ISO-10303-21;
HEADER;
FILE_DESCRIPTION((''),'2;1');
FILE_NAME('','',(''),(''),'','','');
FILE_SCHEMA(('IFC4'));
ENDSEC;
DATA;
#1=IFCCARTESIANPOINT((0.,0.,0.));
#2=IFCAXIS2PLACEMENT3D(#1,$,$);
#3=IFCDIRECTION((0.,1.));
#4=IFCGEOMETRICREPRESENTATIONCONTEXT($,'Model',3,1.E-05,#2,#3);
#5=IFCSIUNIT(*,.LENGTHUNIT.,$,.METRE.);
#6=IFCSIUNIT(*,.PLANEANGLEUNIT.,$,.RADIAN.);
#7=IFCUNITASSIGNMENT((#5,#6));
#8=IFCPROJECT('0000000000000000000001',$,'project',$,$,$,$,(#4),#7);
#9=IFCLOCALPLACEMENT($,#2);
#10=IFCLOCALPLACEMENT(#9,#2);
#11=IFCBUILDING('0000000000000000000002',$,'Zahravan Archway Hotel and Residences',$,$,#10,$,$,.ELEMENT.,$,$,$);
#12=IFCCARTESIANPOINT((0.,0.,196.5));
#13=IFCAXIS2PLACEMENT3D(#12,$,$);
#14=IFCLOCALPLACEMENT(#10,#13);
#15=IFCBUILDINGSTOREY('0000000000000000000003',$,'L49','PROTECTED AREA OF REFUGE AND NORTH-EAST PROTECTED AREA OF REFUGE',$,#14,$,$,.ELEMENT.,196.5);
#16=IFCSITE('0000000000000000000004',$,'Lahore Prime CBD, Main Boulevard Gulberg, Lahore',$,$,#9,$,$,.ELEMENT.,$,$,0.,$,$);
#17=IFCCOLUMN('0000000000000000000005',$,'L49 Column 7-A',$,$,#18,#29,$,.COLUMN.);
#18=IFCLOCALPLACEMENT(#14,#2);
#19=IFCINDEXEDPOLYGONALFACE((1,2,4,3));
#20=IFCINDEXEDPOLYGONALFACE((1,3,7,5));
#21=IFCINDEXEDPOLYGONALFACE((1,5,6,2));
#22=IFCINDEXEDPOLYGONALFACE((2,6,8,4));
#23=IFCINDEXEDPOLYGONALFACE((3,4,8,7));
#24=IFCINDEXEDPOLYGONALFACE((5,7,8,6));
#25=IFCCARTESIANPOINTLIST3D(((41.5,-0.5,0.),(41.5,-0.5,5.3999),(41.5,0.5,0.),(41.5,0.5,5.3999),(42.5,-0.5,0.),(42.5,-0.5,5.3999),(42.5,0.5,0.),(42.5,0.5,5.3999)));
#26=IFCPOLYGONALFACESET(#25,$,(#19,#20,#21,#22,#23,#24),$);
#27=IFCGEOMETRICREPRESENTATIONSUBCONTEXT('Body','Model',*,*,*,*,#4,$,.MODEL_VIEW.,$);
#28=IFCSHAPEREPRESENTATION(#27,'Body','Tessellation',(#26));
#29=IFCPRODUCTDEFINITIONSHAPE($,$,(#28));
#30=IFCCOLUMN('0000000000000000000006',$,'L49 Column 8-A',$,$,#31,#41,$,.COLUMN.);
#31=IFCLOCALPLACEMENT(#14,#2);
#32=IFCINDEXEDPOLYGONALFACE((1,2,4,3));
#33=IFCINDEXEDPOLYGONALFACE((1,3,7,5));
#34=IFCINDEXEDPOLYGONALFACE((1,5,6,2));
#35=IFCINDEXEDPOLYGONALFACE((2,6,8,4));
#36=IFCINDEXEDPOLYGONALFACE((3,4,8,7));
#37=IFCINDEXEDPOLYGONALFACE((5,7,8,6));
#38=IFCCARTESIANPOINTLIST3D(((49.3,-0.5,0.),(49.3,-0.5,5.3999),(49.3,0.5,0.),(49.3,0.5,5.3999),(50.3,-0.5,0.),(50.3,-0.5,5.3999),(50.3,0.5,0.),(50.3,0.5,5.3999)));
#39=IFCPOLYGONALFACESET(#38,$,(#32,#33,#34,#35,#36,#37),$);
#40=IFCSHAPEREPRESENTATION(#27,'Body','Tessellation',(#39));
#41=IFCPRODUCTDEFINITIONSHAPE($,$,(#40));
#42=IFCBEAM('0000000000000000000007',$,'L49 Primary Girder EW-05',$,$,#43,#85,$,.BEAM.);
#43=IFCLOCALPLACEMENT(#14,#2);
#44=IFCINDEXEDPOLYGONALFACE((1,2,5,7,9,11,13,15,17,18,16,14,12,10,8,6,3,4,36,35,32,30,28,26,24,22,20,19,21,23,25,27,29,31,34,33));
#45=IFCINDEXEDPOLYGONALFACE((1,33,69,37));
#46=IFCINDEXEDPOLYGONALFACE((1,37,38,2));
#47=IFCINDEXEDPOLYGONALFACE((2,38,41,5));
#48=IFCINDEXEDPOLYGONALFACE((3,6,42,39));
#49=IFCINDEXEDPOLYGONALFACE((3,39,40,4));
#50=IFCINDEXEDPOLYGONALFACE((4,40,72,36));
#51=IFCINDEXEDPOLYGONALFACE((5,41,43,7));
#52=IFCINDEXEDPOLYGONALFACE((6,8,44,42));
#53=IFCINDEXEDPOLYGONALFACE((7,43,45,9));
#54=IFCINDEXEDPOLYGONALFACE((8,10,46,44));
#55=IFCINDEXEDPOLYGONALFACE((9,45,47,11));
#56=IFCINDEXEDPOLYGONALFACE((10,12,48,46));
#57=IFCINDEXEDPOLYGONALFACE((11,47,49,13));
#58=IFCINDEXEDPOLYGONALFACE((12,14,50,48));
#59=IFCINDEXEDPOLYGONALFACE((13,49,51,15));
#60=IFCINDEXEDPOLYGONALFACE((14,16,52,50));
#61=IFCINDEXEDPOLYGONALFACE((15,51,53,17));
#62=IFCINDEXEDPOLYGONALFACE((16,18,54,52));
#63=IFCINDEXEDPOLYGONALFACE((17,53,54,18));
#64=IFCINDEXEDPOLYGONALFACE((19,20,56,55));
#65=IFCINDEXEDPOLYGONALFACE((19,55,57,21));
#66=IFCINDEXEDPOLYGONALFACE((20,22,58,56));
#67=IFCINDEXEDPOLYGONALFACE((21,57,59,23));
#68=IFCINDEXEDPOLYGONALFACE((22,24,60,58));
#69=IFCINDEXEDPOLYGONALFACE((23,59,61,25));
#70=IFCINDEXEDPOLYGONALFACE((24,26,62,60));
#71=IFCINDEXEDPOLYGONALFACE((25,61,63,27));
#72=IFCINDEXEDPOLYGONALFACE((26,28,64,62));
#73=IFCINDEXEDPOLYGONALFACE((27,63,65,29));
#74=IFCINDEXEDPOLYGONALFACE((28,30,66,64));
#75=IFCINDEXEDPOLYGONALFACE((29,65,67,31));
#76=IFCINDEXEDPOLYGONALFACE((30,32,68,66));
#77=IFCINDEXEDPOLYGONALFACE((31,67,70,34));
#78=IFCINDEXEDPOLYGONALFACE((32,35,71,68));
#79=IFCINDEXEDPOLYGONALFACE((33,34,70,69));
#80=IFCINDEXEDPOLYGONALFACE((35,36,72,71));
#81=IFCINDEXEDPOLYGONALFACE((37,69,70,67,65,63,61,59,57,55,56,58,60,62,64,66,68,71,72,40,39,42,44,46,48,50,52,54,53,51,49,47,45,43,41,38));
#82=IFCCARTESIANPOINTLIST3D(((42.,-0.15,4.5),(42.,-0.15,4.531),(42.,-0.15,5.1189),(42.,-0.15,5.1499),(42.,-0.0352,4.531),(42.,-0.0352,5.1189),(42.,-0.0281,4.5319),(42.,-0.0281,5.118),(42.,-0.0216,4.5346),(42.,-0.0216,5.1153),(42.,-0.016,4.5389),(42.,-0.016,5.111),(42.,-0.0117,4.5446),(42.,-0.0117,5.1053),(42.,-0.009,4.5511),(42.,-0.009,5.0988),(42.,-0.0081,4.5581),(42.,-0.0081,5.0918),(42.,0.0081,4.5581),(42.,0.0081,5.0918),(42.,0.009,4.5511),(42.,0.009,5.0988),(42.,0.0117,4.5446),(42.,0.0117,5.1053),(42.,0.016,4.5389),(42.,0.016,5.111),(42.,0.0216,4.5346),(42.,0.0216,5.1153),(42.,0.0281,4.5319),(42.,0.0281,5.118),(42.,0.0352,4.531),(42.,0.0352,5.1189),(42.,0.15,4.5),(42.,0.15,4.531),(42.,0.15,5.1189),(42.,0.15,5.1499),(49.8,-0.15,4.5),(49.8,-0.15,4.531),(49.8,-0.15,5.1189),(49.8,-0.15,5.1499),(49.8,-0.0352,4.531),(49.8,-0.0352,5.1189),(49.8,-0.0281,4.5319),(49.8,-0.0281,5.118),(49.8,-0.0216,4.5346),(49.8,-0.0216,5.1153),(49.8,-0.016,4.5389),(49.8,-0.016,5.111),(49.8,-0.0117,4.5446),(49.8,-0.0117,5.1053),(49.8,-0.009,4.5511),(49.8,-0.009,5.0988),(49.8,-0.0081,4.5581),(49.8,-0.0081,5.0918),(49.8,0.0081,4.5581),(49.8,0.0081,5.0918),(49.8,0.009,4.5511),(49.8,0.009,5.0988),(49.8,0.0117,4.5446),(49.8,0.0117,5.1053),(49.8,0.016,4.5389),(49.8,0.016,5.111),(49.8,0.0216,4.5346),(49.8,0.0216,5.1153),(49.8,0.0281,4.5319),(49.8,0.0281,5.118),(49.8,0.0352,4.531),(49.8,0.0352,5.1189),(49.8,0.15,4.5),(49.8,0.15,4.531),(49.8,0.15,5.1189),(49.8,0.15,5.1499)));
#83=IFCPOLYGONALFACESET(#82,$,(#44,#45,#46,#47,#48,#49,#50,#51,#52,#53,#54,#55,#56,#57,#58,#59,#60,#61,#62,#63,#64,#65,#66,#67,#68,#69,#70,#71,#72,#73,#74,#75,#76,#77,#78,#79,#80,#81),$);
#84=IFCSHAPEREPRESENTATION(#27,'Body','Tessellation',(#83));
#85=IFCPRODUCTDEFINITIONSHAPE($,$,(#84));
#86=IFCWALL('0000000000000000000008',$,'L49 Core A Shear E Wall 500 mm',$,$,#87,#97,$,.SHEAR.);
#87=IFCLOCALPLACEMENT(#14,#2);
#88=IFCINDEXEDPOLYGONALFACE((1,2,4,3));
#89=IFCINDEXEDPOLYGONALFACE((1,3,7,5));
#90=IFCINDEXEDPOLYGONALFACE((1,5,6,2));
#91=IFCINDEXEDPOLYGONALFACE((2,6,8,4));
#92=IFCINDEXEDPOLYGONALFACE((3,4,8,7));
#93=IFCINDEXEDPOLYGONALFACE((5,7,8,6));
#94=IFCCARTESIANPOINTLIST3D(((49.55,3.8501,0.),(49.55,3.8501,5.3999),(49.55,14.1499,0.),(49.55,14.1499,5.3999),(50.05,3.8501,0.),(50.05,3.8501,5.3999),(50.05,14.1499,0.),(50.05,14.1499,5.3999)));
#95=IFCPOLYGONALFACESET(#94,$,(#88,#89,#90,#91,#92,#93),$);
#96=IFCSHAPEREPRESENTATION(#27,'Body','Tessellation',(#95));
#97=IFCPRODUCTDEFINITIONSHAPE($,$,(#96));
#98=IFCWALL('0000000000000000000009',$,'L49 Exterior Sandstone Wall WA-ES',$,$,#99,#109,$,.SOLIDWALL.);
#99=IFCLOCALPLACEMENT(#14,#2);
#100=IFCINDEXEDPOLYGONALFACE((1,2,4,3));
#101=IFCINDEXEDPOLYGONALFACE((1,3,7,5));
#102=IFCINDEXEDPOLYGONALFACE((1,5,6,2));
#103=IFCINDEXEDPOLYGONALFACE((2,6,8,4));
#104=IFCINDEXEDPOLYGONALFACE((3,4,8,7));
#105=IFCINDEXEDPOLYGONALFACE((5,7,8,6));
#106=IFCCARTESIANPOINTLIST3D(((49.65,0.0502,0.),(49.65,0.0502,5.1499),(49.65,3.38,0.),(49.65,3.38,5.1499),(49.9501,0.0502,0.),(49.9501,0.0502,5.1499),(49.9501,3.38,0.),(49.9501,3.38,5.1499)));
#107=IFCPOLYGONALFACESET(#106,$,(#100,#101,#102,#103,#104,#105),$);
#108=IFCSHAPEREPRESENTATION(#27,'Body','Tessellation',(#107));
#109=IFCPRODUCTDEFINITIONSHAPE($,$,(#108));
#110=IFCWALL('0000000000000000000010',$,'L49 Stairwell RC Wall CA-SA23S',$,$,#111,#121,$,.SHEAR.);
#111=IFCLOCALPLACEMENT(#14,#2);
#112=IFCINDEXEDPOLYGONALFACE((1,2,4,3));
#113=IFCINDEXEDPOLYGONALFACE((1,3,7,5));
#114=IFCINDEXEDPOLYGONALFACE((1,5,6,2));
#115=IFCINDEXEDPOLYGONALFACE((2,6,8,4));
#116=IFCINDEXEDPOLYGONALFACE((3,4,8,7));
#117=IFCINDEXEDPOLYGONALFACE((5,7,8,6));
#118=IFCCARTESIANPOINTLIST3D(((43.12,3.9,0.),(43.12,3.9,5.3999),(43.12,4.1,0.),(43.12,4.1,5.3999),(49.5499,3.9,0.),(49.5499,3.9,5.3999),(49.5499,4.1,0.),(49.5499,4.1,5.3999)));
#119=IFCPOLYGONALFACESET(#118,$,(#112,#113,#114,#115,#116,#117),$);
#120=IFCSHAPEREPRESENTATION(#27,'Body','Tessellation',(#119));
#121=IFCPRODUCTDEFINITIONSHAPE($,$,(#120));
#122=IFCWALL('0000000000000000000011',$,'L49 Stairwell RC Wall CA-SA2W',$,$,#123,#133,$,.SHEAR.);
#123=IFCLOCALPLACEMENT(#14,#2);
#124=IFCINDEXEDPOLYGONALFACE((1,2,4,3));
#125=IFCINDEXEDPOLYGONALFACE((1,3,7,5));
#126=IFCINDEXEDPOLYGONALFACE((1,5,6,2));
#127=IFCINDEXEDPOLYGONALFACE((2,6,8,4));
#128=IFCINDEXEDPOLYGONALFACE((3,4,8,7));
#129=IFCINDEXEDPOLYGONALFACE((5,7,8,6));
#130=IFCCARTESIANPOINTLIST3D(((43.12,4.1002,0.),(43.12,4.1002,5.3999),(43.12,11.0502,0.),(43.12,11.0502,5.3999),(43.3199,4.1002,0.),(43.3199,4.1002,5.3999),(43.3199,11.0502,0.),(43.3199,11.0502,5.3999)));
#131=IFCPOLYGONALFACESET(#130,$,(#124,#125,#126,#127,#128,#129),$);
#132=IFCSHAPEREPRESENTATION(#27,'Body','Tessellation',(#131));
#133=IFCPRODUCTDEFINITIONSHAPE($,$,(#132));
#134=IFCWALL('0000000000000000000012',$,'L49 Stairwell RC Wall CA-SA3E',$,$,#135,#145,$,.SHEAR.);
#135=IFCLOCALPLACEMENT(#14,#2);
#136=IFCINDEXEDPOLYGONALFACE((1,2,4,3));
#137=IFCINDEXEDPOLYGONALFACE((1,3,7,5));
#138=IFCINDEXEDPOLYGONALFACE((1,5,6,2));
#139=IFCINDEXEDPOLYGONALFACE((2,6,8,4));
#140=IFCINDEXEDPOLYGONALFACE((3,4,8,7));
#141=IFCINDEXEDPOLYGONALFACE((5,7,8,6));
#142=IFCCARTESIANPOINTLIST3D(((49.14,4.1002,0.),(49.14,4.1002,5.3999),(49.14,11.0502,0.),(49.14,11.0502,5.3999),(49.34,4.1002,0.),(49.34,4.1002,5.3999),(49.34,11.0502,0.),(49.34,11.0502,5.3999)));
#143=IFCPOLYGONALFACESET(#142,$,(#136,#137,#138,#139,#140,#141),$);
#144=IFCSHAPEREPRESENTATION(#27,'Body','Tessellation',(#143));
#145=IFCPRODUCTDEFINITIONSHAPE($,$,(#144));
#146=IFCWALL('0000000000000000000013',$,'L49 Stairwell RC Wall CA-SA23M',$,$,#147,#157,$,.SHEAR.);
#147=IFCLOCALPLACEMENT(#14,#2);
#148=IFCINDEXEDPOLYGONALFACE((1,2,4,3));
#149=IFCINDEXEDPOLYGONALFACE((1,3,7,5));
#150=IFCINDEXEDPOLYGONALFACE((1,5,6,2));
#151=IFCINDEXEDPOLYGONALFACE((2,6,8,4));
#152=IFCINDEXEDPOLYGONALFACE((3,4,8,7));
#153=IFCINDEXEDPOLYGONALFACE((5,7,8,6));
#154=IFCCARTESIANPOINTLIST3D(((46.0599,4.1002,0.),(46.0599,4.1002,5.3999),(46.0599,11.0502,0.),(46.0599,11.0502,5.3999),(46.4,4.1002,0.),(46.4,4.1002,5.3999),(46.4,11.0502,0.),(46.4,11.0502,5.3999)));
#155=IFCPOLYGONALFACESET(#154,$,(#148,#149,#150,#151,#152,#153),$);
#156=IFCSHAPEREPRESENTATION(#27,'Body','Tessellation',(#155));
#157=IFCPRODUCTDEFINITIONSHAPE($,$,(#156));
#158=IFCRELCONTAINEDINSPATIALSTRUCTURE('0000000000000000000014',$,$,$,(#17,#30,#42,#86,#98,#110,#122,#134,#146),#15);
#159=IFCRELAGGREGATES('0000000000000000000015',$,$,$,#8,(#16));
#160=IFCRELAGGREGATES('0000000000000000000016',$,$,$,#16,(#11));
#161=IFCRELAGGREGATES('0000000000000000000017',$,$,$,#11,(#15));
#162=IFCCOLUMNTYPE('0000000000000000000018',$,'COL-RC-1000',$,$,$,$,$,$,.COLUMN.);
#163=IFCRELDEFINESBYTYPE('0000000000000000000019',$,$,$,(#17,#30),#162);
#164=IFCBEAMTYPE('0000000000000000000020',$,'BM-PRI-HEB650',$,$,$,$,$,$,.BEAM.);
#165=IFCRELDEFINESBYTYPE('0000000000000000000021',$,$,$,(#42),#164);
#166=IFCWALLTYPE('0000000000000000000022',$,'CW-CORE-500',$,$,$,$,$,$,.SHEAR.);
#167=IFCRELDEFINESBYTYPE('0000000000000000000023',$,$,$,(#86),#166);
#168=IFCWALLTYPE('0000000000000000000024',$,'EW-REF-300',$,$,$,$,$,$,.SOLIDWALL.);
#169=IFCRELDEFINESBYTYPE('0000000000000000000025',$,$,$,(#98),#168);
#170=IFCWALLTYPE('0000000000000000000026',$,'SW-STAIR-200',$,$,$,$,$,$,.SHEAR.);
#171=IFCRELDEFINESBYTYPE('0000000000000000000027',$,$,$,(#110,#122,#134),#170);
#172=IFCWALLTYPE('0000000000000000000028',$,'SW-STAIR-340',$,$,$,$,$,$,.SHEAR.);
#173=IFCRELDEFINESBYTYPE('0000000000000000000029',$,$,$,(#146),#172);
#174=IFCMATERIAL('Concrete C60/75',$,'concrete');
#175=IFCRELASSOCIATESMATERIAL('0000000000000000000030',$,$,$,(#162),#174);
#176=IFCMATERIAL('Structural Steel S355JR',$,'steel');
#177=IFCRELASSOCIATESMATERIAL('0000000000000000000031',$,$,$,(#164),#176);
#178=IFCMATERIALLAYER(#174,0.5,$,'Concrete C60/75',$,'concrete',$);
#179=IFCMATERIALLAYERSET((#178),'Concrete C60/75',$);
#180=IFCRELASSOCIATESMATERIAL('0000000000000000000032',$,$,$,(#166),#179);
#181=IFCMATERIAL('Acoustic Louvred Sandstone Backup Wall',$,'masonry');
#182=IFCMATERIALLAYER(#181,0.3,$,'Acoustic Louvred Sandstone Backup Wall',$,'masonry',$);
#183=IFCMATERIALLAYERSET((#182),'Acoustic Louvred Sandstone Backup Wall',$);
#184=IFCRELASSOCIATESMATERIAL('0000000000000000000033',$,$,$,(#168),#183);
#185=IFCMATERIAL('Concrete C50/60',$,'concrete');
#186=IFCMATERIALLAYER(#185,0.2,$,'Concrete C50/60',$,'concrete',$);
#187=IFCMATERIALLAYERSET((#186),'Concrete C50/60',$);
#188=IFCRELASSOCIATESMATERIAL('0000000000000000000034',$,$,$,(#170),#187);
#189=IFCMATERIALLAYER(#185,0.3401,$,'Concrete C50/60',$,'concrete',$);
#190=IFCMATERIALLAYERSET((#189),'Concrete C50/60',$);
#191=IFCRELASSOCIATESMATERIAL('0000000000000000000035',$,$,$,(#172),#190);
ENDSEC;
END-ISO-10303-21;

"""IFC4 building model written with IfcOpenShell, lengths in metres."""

from ifc_helpers import new_model, si_unit, direction, frame, frame_2d, origin, origin_2d, place, context, subcontext, project, spatial, rectangle, i_section, extrude, source, transform, mapped, material, layer, layer_set, material_profile, profile_set, type_object, element, save


model = new_model("IFC4")

# Units and contexts
model_context = context("Model", 3, precision=1e-05, world=origin(), true_north=direction((0.0, 1.0)))
body_context = subcontext(model_context, "Body", "Model", "MODEL_VIEW")
ifc_project = project(units=[si_unit("LENGTHUNIT", "METRE"), si_unit("PLANEANGLEUNIT", "RADIAN")], contexts=[model_context])

# Site, building, storey
site_placement = place(None, origin())
site = spatial("IfcSite", under=ifc_project, at=site_placement, Name="Lahore Prime CBD, Main Boulevard Gulberg, Lahore", CompositionType="ELEMENT", RefElevation=0.0)
building_placement = place(site_placement, origin())
building = spatial("IfcBuilding", under=site, at=building_placement, Name="Zahravan Archway Hotel and Residences", CompositionType="ELEMENT")
storey_placement = place(building_placement, frame((0.0, 0.0, 196.5)))
storey = spatial("IfcBuildingStorey", under=building, at=storey_placement, Name="L49", Description="PROTECTED AREA OF REFUGE AND NORTH-EAST PROTECTED AREA OF REFUGE", CompositionType="ELEMENT", Elevation=196.5)

# Columns
ifc_material_1 = material(Name="Concrete C60/75", Category="concrete")
ifc_material_profile_1 = material_profile(ifc_material_1, rectangle(XDim=1.0, YDim=1.0, at=origin_2d()), Name="RC-COL-1000x1000", Category="concrete")
ifc_profile_set_1 = profile_set([ifc_material_profile_1], Name="Concrete C60/75")
column_type = type_object("IfcColumnType", Name="COL-RC-1000", PredefinedType="COLUMN", material=ifc_profile_set_1)
shared_shape_1 = source(origin(), body_context, "Body", "SweptSolid", [
    extrude(rectangle(XDim=1.0, YDim=1.0, at=origin_2d()), origin(), (0.0, 0.0, 1.0), 5.3999),
])
for number, where, z_axis, x_axis, name in (
    (1, (42.0, 0.0, 0.0), (0.0, 0.0, 1.0), (1.0, 0.0, 0.0), "L49 Column 7-A"),
    (2, (49.8, 0.0, 0.0), (0.0, 0.0, 1.0), (1.0, 0.0, 0.0), "L49 Column 8-A"),
):
    element("IfcColumn", number, at=place(storey_placement, frame(where, z_axis=z_axis, x_axis=x_axis)), inside=storey, type_object=column_type, Name=name, PredefinedType="COLUMN", context=body_context, shape_type="MappedRepresentation", body=[
        mapped(shared_shape_1, transform((0.0, 0.0, 0.0), scale=1.0)),
    ])

# Beam
ifc_material_2 = material(Name="Structural Steel S355JR", Category="steel")
ifc_material_profile_2 = material_profile(ifc_material_2, i_section(OverallWidth=0.3, OverallDepth=0.6499, WebThickness=0.0161, FlangeThickness=0.031, FilletRadius=0.0271, at=origin_2d()), Name="HEB 650", Category="steel")
ifc_profile_set_2 = profile_set([ifc_material_profile_2], Name="Structural Steel S355JR")
beam_type = type_object("IfcBeamType", Name="BM-PRI-HEB650", PredefinedType="BEAM", material=ifc_profile_set_2)
shared_shape_2 = source(origin(), body_context, "Body", "SweptSolid", [
    extrude(i_section(OverallWidth=0.3, OverallDepth=0.6499, WebThickness=0.0161, FlangeThickness=0.031, FilletRadius=0.0271, at=origin_2d()), origin(), (0.0, 0.0, 1.0), 7.8),
])
beam_placement = place(storey_placement, frame((42.0, 0.0, 4.825), z_axis=(1.0, 0.0, 0.0), x_axis=(0.0, 1.0, 0.0)))
element("IfcBeam", 3, at=beam_placement, inside=storey, type_object=beam_type, Name="L49 Primary Girder EW-05", PredefinedType="BEAM", context=body_context, shape_type="MappedRepresentation", body=[
    mapped(shared_shape_2, transform((0.0, 0.0, 0.0), scale=1.0)),
])

# Walls
ifc_layer_1 = layer(ifc_material_1, 0.5, Name="Concrete C60/75", Category="concrete")
ifc_layer_set_1 = layer_set([ifc_layer_1], Name="Concrete C60/75")
wall_type_1 = type_object("IfcWallType", Name="CW-CORE-500", PredefinedType="SHEAR", material=ifc_layer_set_1)
wall_1_placement = place(storey_placement, frame((49.8, 3.8501, 0.0), z_axis=(0.0, 0.0, 1.0), x_axis=(0.0, 1.0, 0.0)))
element("IfcWall", 4, at=wall_1_placement, inside=storey, type_object=wall_type_1, Name="L49 Core A Shear E Wall 500 mm", PredefinedType="SHEAR", context=body_context, shape_type="SweptSolid", body=[
    extrude(rectangle(XDim=10.2998, YDim=0.5, at=frame_2d((5.1499, 0.0))), origin(), (0.0, 0.0, 1.0), 5.3999),
])
ifc_material_3 = material(Name="Acoustic Louvred Sandstone Backup Wall", Category="masonry")
ifc_layer_2 = layer(ifc_material_3, 0.3, Name="Acoustic Louvred Sandstone Backup Wall", Category="masonry")
ifc_layer_set_2 = layer_set([ifc_layer_2], Name="Acoustic Louvred Sandstone Backup Wall")
wall_type_2 = type_object("IfcWallType", Name="EW-REF-300", PredefinedType="SOLIDWALL", material=ifc_layer_set_2)
wall_2_placement = place(storey_placement, frame((49.8, 0.05, 0.0), z_axis=(0.0, 0.0, 1.0), x_axis=(0.0, 1.0, 0.0)))
element("IfcWall", 5, at=wall_2_placement, inside=storey, type_object=wall_type_2, Name="L49 Exterior Sandstone Wall WA-ES", PredefinedType="SOLIDWALL", context=body_context, shape_type="SweptSolid", body=[
    extrude(rectangle(XDim=3.3298, YDim=0.3, at=frame_2d((1.665, 0.0))), origin(), (0.0, 0.0, 1.0), 5.1499),
])
ifc_material_4 = material(Name="Concrete C50/60", Category="concrete")
ifc_layer_3 = layer(ifc_material_4, 0.2, Name="Concrete C50/60", Category="concrete")
ifc_layer_set_3 = layer_set([ifc_layer_3], Name="Concrete C50/60")
wall_type_3 = type_object("IfcWallType", Name="SW-STAIR-200", PredefinedType="SHEAR", material=ifc_layer_set_3)
wall_3_placement = place(storey_placement, frame((43.1201, 4.0, 0.0), z_axis=(0.0, 0.0, 1.0), x_axis=(1.0, 0.0, 0.0)))
element("IfcWall", 6, at=wall_3_placement, inside=storey, type_object=wall_type_3, Name="L49 Stairwell RC Wall CA-SA23S", PredefinedType="SHEAR", context=body_context, shape_type="SweptSolid", body=[
    extrude(rectangle(XDim=6.4299, YDim=0.2, at=frame_2d((3.2148, 0.0))), origin(), (0.0, 0.0, 1.0), 5.3999),
])
for number, where, z_axis, x_axis, name in (
    (7, (43.22, 4.1001, 0.0), (0.0, 0.0, 1.0), (0.0, 1.0, 0.0), "L49 Stairwell RC Wall CA-SA2W"),
    (8, (49.24, 4.1001, 0.0), (0.0, 0.0, 1.0), (0.0, 1.0, 0.0), "L49 Stairwell RC Wall CA-SA3E"),
):
    element("IfcWall", number, at=place(storey_placement, frame(where, z_axis=z_axis, x_axis=x_axis)), inside=storey, type_object=wall_type_3, Name=name, PredefinedType="SHEAR", context=body_context, shape_type="SweptSolid", body=[
        extrude(rectangle(XDim=6.95, YDim=0.2, at=frame_2d((3.4751, 0.0))), origin(), (0.0, 0.0, 1.0), 5.3999),
    ])
ifc_layer_4 = layer(ifc_material_4, 0.3401, Name="Concrete C50/60", Category="concrete")
ifc_layer_set_4 = layer_set([ifc_layer_4], Name="Concrete C50/60")
wall_type_4 = type_object("IfcWallType", Name="SW-STAIR-340", PredefinedType="SHEAR", material=ifc_layer_set_4)
wall_4_placement = place(storey_placement, frame((46.23, 4.1001, 0.0), z_axis=(0.0, 0.0, 1.0), x_axis=(0.0, 1.0, 0.0)))
element("IfcWall", 9, at=wall_4_placement, inside=storey, type_object=wall_type_4, Name="L49 Stairwell RC Wall CA-SA23M", PredefinedType="SHEAR", context=body_context, shape_type="SweptSolid", body=[
    extrude(rectangle(XDim=6.95, YDim=0.3401, at=frame_2d((3.4751, 0.0))), origin(), (0.0, 0.0, 1.0), 5.3999),
])

save(model, "model.ifc")
